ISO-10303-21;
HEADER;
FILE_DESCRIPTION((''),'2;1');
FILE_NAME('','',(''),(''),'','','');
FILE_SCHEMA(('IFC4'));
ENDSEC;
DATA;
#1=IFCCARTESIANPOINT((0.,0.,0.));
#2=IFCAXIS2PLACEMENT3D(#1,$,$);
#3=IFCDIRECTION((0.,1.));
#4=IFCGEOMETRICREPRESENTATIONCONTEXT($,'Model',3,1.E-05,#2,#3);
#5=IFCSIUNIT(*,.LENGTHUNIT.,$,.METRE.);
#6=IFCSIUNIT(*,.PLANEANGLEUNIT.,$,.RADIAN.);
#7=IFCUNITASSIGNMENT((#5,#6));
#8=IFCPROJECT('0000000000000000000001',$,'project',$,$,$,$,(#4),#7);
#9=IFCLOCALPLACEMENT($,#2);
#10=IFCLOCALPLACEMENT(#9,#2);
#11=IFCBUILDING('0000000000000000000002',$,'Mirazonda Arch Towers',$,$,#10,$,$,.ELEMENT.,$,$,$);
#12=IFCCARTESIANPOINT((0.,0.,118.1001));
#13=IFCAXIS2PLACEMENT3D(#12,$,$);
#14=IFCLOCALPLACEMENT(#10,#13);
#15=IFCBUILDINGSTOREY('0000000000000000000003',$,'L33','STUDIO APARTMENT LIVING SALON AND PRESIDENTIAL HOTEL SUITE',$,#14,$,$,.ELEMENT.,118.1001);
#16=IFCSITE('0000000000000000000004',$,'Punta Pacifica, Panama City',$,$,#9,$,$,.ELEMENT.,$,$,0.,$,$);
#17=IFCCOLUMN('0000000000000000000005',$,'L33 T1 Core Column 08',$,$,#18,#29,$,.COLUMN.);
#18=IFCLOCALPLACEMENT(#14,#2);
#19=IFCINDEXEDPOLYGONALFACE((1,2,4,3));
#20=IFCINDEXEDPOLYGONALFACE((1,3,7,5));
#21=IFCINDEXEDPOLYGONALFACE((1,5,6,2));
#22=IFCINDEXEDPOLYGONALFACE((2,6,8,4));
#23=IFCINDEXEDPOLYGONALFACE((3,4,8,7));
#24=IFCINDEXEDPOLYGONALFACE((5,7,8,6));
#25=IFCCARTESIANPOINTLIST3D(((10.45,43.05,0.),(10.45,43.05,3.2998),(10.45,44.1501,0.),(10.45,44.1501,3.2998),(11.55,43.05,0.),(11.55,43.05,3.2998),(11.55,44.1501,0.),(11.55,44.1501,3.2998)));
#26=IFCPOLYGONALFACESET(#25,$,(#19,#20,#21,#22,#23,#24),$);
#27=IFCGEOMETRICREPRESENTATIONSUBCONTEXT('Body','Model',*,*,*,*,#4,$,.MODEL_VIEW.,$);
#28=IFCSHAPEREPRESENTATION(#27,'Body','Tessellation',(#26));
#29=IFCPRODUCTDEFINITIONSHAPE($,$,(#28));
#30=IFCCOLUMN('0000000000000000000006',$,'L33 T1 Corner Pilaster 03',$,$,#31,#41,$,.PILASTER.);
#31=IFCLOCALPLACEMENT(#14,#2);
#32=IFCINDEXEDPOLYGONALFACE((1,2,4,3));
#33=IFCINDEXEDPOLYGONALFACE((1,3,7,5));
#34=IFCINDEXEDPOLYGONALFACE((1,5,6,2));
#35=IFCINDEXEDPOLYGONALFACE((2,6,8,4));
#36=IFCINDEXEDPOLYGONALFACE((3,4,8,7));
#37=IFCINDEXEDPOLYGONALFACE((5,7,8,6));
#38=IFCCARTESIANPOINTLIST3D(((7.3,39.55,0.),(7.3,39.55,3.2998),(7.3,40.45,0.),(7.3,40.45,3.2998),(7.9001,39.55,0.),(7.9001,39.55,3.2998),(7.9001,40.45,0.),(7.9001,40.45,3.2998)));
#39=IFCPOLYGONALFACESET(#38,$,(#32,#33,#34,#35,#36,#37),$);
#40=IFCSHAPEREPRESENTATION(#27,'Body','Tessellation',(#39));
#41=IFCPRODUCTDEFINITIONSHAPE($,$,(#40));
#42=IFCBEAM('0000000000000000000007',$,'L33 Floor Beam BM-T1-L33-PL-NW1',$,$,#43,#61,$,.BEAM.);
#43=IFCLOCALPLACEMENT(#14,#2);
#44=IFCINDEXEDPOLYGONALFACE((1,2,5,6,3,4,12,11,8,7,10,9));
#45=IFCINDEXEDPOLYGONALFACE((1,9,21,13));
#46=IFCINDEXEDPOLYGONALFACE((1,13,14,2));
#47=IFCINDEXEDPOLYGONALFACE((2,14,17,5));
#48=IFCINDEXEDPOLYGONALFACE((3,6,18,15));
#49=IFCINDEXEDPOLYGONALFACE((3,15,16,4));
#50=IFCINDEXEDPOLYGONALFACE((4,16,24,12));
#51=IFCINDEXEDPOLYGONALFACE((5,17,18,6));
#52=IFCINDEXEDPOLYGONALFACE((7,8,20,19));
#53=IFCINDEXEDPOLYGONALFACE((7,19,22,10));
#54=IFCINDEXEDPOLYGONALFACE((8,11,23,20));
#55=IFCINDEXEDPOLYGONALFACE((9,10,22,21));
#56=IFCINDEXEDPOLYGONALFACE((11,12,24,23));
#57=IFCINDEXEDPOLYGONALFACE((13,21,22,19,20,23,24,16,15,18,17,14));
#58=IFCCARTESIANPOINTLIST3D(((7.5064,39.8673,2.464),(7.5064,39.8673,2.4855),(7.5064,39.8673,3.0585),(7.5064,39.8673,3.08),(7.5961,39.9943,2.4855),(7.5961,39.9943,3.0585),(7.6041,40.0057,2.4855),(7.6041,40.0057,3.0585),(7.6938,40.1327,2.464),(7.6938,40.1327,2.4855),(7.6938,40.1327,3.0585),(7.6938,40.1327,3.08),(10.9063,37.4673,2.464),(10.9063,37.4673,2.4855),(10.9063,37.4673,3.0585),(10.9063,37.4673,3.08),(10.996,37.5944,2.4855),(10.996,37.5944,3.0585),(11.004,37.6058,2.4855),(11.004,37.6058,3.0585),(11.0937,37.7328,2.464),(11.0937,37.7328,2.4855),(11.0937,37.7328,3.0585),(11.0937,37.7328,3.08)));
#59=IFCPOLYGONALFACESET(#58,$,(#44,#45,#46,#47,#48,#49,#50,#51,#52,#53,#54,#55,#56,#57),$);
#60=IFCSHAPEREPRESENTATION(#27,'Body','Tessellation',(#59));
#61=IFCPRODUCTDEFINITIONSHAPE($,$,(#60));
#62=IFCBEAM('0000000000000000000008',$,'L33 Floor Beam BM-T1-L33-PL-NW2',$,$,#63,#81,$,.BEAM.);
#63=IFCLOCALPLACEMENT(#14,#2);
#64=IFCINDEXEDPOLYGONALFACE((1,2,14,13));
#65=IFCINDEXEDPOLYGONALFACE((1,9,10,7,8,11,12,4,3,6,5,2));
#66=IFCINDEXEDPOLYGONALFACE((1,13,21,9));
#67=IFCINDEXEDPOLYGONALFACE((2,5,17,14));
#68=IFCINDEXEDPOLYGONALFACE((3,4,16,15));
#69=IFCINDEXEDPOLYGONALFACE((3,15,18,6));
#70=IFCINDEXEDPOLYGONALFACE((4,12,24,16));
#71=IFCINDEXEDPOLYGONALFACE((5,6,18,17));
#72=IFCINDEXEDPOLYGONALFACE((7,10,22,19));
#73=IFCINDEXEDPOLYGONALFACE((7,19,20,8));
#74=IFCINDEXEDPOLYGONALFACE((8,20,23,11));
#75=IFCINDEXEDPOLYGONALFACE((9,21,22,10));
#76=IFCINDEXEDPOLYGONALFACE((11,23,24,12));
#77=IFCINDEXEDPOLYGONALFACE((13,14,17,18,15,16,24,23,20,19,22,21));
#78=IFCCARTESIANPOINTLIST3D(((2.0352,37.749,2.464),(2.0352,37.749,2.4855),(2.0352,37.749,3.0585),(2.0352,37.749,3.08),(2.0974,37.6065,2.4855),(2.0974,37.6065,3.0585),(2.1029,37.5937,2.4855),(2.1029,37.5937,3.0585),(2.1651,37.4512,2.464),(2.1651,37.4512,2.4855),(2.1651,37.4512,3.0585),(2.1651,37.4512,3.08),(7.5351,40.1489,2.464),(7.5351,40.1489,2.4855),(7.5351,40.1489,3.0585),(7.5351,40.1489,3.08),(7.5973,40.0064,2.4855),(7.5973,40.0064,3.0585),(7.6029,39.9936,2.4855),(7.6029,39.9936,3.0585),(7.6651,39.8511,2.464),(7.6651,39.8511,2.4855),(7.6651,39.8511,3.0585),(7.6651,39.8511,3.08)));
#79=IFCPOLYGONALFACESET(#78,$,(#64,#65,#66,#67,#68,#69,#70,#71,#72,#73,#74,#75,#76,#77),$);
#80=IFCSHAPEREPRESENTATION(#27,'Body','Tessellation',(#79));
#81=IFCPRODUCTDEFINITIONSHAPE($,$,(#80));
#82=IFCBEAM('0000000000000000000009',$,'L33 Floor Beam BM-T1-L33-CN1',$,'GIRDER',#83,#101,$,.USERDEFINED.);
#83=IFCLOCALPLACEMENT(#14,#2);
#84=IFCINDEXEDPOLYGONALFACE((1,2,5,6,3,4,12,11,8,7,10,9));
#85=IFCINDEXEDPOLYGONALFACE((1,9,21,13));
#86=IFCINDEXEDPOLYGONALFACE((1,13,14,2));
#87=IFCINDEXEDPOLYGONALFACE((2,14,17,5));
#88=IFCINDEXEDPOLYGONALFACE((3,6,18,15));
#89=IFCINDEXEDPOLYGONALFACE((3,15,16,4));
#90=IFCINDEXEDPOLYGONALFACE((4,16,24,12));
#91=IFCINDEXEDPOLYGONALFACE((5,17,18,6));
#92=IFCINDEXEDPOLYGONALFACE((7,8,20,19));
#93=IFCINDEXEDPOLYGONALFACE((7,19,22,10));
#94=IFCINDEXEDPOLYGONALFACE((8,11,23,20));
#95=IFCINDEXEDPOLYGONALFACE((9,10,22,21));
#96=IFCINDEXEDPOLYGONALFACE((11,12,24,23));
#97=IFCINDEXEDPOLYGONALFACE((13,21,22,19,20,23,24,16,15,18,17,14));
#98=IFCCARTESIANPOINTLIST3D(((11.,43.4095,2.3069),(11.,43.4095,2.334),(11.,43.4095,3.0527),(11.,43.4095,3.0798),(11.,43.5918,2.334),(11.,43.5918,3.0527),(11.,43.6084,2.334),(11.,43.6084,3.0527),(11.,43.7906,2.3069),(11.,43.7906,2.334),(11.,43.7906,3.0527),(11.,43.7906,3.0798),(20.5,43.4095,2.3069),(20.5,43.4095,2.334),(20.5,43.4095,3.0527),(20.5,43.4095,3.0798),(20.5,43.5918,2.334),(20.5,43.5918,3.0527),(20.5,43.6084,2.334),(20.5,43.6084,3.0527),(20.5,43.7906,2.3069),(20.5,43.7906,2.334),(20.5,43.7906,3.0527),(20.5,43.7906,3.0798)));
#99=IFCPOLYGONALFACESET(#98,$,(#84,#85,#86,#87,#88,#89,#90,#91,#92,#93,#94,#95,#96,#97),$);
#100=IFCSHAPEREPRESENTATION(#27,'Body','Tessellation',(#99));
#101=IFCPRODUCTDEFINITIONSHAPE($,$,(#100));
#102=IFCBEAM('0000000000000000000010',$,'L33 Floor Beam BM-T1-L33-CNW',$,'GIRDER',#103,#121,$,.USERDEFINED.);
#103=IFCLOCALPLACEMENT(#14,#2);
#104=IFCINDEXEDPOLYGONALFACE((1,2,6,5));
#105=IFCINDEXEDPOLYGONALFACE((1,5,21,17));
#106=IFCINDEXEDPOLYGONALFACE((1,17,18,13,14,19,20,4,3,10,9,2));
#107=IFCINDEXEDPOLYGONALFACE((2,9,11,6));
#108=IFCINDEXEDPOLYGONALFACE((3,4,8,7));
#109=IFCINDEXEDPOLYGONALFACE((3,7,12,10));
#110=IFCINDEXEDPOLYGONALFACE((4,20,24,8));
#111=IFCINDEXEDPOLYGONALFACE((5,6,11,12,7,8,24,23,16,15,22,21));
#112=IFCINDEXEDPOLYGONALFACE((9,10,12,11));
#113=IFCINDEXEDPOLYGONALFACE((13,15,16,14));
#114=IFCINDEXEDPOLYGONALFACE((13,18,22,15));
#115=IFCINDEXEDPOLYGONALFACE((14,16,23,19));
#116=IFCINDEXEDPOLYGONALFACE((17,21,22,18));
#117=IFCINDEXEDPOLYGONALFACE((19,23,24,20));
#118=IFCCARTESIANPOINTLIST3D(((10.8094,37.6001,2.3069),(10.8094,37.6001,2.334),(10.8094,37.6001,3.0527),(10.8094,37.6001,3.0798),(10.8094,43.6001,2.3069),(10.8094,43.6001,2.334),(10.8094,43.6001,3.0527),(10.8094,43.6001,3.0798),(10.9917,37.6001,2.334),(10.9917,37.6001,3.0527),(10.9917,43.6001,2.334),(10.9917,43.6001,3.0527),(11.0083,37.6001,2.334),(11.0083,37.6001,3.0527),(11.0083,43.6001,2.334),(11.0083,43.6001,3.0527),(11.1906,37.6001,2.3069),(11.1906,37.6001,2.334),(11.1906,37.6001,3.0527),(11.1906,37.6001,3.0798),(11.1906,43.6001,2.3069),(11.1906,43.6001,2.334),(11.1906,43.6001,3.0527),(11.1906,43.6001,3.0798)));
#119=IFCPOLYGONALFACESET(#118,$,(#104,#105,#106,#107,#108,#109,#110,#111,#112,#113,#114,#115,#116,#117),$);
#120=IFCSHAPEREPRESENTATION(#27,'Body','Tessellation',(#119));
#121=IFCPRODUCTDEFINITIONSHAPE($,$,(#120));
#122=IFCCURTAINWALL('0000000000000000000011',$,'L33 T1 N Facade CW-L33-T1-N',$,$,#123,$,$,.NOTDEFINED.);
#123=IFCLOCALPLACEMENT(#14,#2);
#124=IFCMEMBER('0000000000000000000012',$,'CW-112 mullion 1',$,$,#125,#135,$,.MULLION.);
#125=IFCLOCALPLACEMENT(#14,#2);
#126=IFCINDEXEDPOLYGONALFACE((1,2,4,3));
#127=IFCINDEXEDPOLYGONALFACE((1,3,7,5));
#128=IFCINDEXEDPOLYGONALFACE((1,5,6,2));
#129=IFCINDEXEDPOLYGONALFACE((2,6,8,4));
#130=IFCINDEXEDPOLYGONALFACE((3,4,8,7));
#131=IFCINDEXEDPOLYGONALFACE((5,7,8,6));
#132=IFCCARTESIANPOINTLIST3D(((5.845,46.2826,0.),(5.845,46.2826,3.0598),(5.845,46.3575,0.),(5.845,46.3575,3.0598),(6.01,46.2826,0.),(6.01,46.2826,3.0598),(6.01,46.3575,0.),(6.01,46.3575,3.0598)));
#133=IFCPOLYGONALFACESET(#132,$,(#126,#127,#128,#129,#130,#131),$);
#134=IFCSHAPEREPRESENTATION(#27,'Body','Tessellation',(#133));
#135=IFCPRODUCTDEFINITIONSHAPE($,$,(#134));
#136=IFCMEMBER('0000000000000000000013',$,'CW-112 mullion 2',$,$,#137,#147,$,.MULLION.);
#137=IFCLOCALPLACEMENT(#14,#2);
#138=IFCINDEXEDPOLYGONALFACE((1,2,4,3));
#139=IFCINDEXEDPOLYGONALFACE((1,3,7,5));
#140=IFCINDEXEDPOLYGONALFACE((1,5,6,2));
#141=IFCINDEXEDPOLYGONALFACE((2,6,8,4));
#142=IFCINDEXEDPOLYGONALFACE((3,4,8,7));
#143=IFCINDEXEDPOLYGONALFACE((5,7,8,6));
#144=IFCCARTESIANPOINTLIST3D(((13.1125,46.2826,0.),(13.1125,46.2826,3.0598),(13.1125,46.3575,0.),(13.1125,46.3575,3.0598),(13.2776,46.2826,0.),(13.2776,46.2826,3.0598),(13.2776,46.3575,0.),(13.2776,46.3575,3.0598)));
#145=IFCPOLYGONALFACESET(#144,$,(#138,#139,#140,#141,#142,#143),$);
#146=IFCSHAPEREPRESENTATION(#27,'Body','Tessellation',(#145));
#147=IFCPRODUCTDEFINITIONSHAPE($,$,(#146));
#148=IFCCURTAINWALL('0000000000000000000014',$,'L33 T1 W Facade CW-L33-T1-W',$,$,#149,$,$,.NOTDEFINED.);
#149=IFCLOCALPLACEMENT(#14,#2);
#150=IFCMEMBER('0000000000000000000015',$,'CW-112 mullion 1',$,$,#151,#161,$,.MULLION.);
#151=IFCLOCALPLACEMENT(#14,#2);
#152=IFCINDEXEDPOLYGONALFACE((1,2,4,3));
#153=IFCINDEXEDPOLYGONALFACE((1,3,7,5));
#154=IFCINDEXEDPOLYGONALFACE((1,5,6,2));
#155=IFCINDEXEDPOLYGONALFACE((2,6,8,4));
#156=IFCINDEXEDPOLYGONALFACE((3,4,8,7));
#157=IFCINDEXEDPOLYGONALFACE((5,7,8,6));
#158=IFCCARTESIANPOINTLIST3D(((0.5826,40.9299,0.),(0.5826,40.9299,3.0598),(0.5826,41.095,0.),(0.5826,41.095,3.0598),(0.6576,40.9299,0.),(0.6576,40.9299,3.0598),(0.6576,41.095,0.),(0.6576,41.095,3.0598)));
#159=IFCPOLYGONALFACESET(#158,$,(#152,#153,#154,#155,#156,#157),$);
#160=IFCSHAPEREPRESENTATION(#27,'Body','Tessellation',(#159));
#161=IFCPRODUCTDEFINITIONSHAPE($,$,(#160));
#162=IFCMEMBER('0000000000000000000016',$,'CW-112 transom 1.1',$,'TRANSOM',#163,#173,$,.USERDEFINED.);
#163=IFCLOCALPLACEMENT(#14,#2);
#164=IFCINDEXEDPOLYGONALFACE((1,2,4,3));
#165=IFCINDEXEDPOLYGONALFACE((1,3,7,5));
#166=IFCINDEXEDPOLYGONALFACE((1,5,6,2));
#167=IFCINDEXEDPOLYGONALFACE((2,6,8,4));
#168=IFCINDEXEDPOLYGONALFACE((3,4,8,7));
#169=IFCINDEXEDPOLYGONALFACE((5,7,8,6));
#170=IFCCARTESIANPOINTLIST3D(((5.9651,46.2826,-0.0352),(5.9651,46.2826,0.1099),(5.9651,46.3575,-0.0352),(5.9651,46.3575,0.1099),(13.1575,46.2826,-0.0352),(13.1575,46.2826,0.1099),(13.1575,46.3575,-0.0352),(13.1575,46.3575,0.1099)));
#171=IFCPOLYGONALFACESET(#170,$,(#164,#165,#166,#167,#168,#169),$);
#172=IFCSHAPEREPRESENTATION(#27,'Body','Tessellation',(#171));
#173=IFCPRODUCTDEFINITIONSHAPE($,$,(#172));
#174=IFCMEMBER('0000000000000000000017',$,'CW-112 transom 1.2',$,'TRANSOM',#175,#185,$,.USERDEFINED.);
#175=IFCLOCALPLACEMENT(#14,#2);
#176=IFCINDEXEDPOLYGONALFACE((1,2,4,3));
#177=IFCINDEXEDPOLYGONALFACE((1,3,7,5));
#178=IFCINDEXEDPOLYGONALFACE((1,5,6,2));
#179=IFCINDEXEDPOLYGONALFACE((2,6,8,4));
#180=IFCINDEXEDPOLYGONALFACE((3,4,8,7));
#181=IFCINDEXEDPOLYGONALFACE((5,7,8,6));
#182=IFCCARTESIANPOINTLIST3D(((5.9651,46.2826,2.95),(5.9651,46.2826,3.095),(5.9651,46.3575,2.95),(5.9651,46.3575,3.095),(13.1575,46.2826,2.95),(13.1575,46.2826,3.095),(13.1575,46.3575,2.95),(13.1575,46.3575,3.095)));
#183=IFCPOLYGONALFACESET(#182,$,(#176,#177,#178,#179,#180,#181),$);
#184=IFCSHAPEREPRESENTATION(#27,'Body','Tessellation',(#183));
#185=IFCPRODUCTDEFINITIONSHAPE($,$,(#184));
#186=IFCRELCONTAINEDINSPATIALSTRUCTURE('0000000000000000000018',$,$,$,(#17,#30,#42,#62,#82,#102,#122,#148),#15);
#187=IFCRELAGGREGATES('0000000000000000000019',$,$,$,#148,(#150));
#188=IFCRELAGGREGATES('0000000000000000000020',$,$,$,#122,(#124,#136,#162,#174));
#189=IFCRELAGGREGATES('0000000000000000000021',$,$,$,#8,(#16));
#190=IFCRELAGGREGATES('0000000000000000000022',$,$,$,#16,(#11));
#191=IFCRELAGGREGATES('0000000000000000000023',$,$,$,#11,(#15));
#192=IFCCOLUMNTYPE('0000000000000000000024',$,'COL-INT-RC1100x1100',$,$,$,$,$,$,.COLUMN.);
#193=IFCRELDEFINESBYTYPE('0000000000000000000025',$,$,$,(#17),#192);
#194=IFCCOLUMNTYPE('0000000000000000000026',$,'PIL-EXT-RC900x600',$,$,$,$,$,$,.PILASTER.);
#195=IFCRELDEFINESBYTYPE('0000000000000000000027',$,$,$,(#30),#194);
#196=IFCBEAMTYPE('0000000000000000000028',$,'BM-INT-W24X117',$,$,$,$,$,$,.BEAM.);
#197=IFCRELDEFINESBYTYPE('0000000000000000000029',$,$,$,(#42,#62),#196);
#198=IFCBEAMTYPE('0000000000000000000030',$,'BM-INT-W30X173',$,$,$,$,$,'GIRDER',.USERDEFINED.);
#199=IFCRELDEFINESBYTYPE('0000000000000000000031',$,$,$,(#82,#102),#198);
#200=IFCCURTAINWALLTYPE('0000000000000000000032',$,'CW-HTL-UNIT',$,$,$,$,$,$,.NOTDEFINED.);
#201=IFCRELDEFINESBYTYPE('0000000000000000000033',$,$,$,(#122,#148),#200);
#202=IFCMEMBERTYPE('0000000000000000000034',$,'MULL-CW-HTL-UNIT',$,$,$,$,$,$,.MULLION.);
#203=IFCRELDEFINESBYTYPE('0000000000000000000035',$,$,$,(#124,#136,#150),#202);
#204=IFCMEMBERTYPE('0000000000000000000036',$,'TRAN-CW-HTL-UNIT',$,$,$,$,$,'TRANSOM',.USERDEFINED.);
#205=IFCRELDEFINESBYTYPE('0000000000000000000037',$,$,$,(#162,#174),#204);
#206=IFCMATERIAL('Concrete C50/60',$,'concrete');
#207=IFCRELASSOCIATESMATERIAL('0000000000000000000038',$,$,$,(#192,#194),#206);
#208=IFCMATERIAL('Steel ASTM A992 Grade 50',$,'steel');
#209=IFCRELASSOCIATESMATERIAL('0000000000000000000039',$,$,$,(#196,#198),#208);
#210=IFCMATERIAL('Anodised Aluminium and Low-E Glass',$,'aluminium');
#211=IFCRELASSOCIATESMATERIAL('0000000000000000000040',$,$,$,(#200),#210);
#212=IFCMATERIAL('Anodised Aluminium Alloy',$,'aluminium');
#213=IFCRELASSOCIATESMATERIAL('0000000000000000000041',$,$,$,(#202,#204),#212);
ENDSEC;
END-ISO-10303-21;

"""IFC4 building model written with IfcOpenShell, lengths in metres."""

from ifc_helpers import new_model, si_unit, direction, frame, origin, origin_2d, place, context, subcontext, project, spatial, rectangle, i_section, extrude, material, material_profile, profile_set, type_object, element, aggregate, save


model = new_model("IFC4")

# Units and contexts
model_context = context("Model", 3, precision=1e-05, world=origin(), true_north=direction((0.0, 1.0)))
body_context = subcontext(model_context, "Body", "Model", "MODEL_VIEW")
ifc_project = project(units=[si_unit("LENGTHUNIT", "METRE"), si_unit("PLANEANGLEUNIT", "RADIAN")], contexts=[model_context])

# Site, building, storey
site_placement = place(None, origin())
site = spatial("IfcSite", under=ifc_project, at=site_placement, Name="Punta Pacifica, Panama City", CompositionType="ELEMENT", RefElevation=0.0)
building_placement = place(site_placement, origin())
building = spatial("IfcBuilding", under=site, at=building_placement, Name="Mirazonda Arch Towers", CompositionType="ELEMENT")
storey_placement = place(building_placement, frame((0.0, 0.0, 118.1001)))
storey = spatial("IfcBuildingStorey", under=building, at=storey_placement, Name="L33", Description="STUDIO APARTMENT LIVING SALON AND PRESIDENTIAL HOTEL SUITE", CompositionType="ELEMENT", Elevation=118.1001)

# Columns
ifc_material_1 = material(Name="Concrete C50/60", Category="concrete")
ifc_material_profile_1 = material_profile(ifc_material_1, rectangle(XDim=1.1001, YDim=1.1001, at=origin_2d()), Name="RC1100x1100")
ifc_profile_set_1 = profile_set([ifc_material_profile_1], Name="Concrete C50/60")
column_type_1 = type_object("IfcColumnType", Name="COL-INT-RC1100x1100", PredefinedType="COLUMN", material=ifc_profile_set_1)
column_1_placement = place(storey_placement, frame((11.0, 43.6001, 0.0), z_axis=(0.0, 0.0, 1.0), x_axis=(1.0, 0.0, 0.0)))
element("IfcColumn", 1, at=column_1_placement, inside=storey, type_object=column_type_1, Name="L33 T1 Core Column 08", PredefinedType="COLUMN", context=body_context, shape_type="SweptSolid", body=[
    extrude(rectangle(XDim=1.1001, YDim=1.1001, at=origin_2d()), origin(), (0.0, 0.0, 1.0), 3.2998),
])
ifc_material_profile_2 = material_profile(ifc_material_1, rectangle(XDim=0.6001, YDim=0.8999, at=origin_2d()), Name="RC900x600")
ifc_profile_set_2 = profile_set([ifc_material_profile_2], Name="Concrete C50/60")
column_type_2 = type_object("IfcColumnType", Name="PIL-EXT-RC900x600", PredefinedType="PILASTER", material=ifc_profile_set_2)
column_2_placement = place(storey_placement, frame((7.6001, 40.0, 0.0), z_axis=(0.0, 0.0, 1.0), x_axis=(1.0, 0.0, 0.0)))
element("IfcColumn", 2, at=column_2_placement, inside=storey, type_object=column_type_2, Name="L33 T1 Corner Pilaster 03", PredefinedType="PILASTER", context=body_context, shape_type="SweptSolid", body=[
    extrude(rectangle(XDim=0.6001, YDim=0.8999, at=origin_2d()), origin(), (0.0, 0.0, 1.0), 3.2998),
])

# Beams
ifc_material_2 = material(Name="Steel ASTM A992 Grade 50", Category="steel")
ifc_material_profile_3 = material_profile(ifc_material_2, i_section(OverallWidth=0.325, OverallDepth=0.616, WebThickness=0.0139, FlangeThickness=0.0215, at=origin_2d()), Name="W24X117")
ifc_profile_set_3 = profile_set([ifc_material_profile_3], Name="Steel ASTM A992 Grade 50")
beam_type_1 = type_object("IfcBeamType", Name="BM-INT-W24X117", PredefinedType="BEAM", material=ifc_profile_set_3)
beam_1_placement = place(storey_placement, frame((7.6001, 40.0, 2.772), z_axis=(0.816971, -0.576679, 0.0), x_axis=(0.576679, 0.816971, 0.0)))
element("IfcBeam", 3, at=beam_1_placement, inside=storey, type_object=beam_type_1, Name="L33 Floor Beam BM-T1-L33-PL-NW1", PredefinedType="BEAM", context=body_context, shape_type="SweptSolid", body=[
    extrude(i_section(OverallWidth=0.325, OverallDepth=0.616, WebThickness=0.0139, FlangeThickness=0.0215, at=origin_2d()), origin(), (0.0, 0.0, 1.0), 4.1616),
])
beam_2_placement = place(storey_placement, frame((7.6001, 40.0, 2.772), z_axis=(-0.916545, -0.399931, 0.0), x_axis=(0.399931, -0.916545, 0.0)))
element("IfcBeam", 4, at=beam_2_placement, inside=storey, type_object=beam_type_1, Name="L33 Floor Beam BM-T1-L33-PL-NW2", PredefinedType="BEAM", context=body_context, shape_type="SweptSolid", body=[
    extrude(i_section(OverallWidth=0.325, OverallDepth=0.616, WebThickness=0.0139, FlangeThickness=0.0215, at=origin_2d()), origin(), (0.0, 0.0, 1.0), 6.0007),
])
ifc_material_profile_4 = material_profile(ifc_material_2, i_section(OverallWidth=0.3811, OverallDepth=0.7729, WebThickness=0.0166, FlangeThickness=0.0271, at=origin_2d()), Name="W30X173")
ifc_profile_set_4 = profile_set([ifc_material_profile_4], Name="Steel ASTM A992 Grade 50")
beam_type_2 = type_object("IfcBeamType", Name="BM-INT-W30X173", ElementType="GIRDER", PredefinedType="USERDEFINED", material=ifc_profile_set_4)
beam_3_placement = place(storey_placement, frame((11.0, 43.6001, 2.6934), z_axis=(1.0, 0.0, 0.0), x_axis=(0.0, 1.0, 0.0)))
element("IfcBeam", 5, at=beam_3_placement, inside=storey, type_object=beam_type_2, Name="L33 Floor Beam BM-T1-L33-CN1", ObjectType="GIRDER", PredefinedType="USERDEFINED", context=body_context, shape_type="SweptSolid", body=[
    extrude(i_section(OverallWidth=0.3811, OverallDepth=0.7729, WebThickness=0.0166, FlangeThickness=0.0271, at=origin_2d()), origin(), (0.0, 0.0, 1.0), 9.5),
])
beam_4_placement = place(storey_placement, frame((11.0, 37.6001, 2.6934), z_axis=(0.0, 1.0, 0.0), x_axis=(-1.0, 0.0, 0.0)))
element("IfcBeam", 6, at=beam_4_placement, inside=storey, type_object=beam_type_2, Name="L33 Floor Beam BM-T1-L33-CNW", ObjectType="GIRDER", PredefinedType="USERDEFINED", context=body_context, shape_type="SweptSolid", body=[
    extrude(i_section(OverallWidth=0.3811, OverallDepth=0.7729, WebThickness=0.0166, FlangeThickness=0.0271, at=origin_2d()), origin(), (0.0, 0.0, 1.0), 6.0),
])

# Curtain wall, members
ifc_material_3 = material(Name="Anodised Aluminium and Low-E Glass", Category="aluminium")
curtain_wall_type = type_object("IfcCurtainWallType", Name="CW-HTL-UNIT", PredefinedType="NOTDEFINED", material=ifc_material_3)
curtain_wall_1_placement = place(storey_placement, origin())
curtain_wall_1 = element("IfcCurtainWall", 7, at=curtain_wall_1_placement, inside=storey, type_object=curtain_wall_type, Name="L33 T1 N Facade CW-L33-T1-N", PredefinedType="NOTDEFINED")
ifc_material_4 = material(Name="Anodised Aluminium Alloy", Category="aluminium")
ifc_material_profile_5 = material_profile(ifc_material_4, rectangle(XDim=0.075, YDim=0.165, at=origin_2d()), Name="ALU-MULL-75x165")
ifc_profile_set_5 = profile_set([ifc_material_profile_5], Name="Anodised Aluminium Alloy")
member_type_1 = type_object("IfcMemberType", Name="MULL-CW-HTL-UNIT", PredefinedType="MULLION", material=ifc_profile_set_5)
member_1_placement = place(storey_placement, frame((5.9275, 46.3201, 0.0), z_axis=(0.0, 0.0, 1.0), x_axis=(0.0, 1.0, 0.0)))
member_1 = element("IfcMember", 8, at=member_1_placement, type_object=member_type_1, Name="CW-112 mullion 1", PredefinedType="MULLION", context=body_context, shape_type="SweptSolid", body=[
    extrude(rectangle(XDim=0.075, YDim=0.165, at=origin_2d()), origin(), (0.0, 0.0, 1.0), 3.0598),
])
member_2_placement = place(storey_placement, frame((13.1951, 46.3201, 0.0), z_axis=(0.0, 0.0, 1.0), x_axis=(0.0, 1.0, 0.0)))
member_2 = element("IfcMember", 9, at=member_2_placement, type_object=member_type_1, Name="CW-112 mullion 2", PredefinedType="MULLION", context=body_context, shape_type="SweptSolid", body=[
    extrude(rectangle(XDim=0.075, YDim=0.165, at=origin_2d()), origin(), (0.0, 0.0, 1.0), 3.0598),
])

# Curtain wall, member
curtain_wall_2_placement = place(storey_placement, origin())
curtain_wall_2 = element("IfcCurtainWall", 10, at=curtain_wall_2_placement, inside=storey, type_object=curtain_wall_type, Name="L33 T1 W Facade CW-L33-T1-W", PredefinedType="NOTDEFINED")
member_3_placement = place(storey_placement, frame((0.6201, 41.0125, 0.0), z_axis=(0.0, 0.0, 1.0), x_axis=(1.0, 0.0, 0.0)))
member_3 = element("IfcMember", 11, at=member_3_placement, type_object=member_type_1, Name="CW-112 mullion 1", PredefinedType="MULLION", context=body_context, shape_type="SweptSolid", body=[
    extrude(rectangle(XDim=0.075, YDim=0.165, at=origin_2d()), origin(), (0.0, 0.0, 1.0), 3.0598),
])

# Members
ifc_material_profile_6 = material_profile(ifc_material_4, rectangle(XDim=0.075, YDim=0.145, at=origin_2d()), Name="ALU-TRAN-75x145")
ifc_profile_set_6 = profile_set([ifc_material_profile_6], Name="Anodised Aluminium Alloy")
member_type_2 = type_object("IfcMemberType", Name="TRAN-CW-HTL-UNIT", ElementType="TRANSOM", PredefinedType="USERDEFINED", material=ifc_profile_set_6)
member_4_placement = place(storey_placement, frame((5.9651, 46.3201, 0.0374), z_axis=(1.0, 0.0, 0.0), x_axis=(0.0, 1.0, 0.0)))
member_4 = element("IfcMember", 12, at=member_4_placement, type_object=member_type_2, Name="CW-112 transom 1.1", ObjectType="TRANSOM", PredefinedType="USERDEFINED", context=body_context, shape_type="SweptSolid", body=[
    extrude(rectangle(XDim=0.075, YDim=0.145, at=origin_2d()), origin(), (0.0, 0.0, 1.0), 7.1924),
])
member_5_placement = place(storey_placement, frame((5.9651, 46.3201, 3.0225), z_axis=(1.0, 0.0, 0.0), x_axis=(0.0, 1.0, 0.0)))
member_5 = element("IfcMember", 13, at=member_5_placement, type_object=member_type_2, Name="CW-112 transom 1.2", ObjectType="TRANSOM", PredefinedType="USERDEFINED", context=body_context, shape_type="SweptSolid", body=[
    extrude(rectangle(XDim=0.075, YDim=0.145, at=origin_2d()), origin(), (0.0, 0.0, 1.0), 7.1924),
])
aggregate(curtain_wall_2, [member_3])

aggregate(curtain_wall_1, [member_1, member_2, member_4, member_5])

save(model, "model.ifc")
